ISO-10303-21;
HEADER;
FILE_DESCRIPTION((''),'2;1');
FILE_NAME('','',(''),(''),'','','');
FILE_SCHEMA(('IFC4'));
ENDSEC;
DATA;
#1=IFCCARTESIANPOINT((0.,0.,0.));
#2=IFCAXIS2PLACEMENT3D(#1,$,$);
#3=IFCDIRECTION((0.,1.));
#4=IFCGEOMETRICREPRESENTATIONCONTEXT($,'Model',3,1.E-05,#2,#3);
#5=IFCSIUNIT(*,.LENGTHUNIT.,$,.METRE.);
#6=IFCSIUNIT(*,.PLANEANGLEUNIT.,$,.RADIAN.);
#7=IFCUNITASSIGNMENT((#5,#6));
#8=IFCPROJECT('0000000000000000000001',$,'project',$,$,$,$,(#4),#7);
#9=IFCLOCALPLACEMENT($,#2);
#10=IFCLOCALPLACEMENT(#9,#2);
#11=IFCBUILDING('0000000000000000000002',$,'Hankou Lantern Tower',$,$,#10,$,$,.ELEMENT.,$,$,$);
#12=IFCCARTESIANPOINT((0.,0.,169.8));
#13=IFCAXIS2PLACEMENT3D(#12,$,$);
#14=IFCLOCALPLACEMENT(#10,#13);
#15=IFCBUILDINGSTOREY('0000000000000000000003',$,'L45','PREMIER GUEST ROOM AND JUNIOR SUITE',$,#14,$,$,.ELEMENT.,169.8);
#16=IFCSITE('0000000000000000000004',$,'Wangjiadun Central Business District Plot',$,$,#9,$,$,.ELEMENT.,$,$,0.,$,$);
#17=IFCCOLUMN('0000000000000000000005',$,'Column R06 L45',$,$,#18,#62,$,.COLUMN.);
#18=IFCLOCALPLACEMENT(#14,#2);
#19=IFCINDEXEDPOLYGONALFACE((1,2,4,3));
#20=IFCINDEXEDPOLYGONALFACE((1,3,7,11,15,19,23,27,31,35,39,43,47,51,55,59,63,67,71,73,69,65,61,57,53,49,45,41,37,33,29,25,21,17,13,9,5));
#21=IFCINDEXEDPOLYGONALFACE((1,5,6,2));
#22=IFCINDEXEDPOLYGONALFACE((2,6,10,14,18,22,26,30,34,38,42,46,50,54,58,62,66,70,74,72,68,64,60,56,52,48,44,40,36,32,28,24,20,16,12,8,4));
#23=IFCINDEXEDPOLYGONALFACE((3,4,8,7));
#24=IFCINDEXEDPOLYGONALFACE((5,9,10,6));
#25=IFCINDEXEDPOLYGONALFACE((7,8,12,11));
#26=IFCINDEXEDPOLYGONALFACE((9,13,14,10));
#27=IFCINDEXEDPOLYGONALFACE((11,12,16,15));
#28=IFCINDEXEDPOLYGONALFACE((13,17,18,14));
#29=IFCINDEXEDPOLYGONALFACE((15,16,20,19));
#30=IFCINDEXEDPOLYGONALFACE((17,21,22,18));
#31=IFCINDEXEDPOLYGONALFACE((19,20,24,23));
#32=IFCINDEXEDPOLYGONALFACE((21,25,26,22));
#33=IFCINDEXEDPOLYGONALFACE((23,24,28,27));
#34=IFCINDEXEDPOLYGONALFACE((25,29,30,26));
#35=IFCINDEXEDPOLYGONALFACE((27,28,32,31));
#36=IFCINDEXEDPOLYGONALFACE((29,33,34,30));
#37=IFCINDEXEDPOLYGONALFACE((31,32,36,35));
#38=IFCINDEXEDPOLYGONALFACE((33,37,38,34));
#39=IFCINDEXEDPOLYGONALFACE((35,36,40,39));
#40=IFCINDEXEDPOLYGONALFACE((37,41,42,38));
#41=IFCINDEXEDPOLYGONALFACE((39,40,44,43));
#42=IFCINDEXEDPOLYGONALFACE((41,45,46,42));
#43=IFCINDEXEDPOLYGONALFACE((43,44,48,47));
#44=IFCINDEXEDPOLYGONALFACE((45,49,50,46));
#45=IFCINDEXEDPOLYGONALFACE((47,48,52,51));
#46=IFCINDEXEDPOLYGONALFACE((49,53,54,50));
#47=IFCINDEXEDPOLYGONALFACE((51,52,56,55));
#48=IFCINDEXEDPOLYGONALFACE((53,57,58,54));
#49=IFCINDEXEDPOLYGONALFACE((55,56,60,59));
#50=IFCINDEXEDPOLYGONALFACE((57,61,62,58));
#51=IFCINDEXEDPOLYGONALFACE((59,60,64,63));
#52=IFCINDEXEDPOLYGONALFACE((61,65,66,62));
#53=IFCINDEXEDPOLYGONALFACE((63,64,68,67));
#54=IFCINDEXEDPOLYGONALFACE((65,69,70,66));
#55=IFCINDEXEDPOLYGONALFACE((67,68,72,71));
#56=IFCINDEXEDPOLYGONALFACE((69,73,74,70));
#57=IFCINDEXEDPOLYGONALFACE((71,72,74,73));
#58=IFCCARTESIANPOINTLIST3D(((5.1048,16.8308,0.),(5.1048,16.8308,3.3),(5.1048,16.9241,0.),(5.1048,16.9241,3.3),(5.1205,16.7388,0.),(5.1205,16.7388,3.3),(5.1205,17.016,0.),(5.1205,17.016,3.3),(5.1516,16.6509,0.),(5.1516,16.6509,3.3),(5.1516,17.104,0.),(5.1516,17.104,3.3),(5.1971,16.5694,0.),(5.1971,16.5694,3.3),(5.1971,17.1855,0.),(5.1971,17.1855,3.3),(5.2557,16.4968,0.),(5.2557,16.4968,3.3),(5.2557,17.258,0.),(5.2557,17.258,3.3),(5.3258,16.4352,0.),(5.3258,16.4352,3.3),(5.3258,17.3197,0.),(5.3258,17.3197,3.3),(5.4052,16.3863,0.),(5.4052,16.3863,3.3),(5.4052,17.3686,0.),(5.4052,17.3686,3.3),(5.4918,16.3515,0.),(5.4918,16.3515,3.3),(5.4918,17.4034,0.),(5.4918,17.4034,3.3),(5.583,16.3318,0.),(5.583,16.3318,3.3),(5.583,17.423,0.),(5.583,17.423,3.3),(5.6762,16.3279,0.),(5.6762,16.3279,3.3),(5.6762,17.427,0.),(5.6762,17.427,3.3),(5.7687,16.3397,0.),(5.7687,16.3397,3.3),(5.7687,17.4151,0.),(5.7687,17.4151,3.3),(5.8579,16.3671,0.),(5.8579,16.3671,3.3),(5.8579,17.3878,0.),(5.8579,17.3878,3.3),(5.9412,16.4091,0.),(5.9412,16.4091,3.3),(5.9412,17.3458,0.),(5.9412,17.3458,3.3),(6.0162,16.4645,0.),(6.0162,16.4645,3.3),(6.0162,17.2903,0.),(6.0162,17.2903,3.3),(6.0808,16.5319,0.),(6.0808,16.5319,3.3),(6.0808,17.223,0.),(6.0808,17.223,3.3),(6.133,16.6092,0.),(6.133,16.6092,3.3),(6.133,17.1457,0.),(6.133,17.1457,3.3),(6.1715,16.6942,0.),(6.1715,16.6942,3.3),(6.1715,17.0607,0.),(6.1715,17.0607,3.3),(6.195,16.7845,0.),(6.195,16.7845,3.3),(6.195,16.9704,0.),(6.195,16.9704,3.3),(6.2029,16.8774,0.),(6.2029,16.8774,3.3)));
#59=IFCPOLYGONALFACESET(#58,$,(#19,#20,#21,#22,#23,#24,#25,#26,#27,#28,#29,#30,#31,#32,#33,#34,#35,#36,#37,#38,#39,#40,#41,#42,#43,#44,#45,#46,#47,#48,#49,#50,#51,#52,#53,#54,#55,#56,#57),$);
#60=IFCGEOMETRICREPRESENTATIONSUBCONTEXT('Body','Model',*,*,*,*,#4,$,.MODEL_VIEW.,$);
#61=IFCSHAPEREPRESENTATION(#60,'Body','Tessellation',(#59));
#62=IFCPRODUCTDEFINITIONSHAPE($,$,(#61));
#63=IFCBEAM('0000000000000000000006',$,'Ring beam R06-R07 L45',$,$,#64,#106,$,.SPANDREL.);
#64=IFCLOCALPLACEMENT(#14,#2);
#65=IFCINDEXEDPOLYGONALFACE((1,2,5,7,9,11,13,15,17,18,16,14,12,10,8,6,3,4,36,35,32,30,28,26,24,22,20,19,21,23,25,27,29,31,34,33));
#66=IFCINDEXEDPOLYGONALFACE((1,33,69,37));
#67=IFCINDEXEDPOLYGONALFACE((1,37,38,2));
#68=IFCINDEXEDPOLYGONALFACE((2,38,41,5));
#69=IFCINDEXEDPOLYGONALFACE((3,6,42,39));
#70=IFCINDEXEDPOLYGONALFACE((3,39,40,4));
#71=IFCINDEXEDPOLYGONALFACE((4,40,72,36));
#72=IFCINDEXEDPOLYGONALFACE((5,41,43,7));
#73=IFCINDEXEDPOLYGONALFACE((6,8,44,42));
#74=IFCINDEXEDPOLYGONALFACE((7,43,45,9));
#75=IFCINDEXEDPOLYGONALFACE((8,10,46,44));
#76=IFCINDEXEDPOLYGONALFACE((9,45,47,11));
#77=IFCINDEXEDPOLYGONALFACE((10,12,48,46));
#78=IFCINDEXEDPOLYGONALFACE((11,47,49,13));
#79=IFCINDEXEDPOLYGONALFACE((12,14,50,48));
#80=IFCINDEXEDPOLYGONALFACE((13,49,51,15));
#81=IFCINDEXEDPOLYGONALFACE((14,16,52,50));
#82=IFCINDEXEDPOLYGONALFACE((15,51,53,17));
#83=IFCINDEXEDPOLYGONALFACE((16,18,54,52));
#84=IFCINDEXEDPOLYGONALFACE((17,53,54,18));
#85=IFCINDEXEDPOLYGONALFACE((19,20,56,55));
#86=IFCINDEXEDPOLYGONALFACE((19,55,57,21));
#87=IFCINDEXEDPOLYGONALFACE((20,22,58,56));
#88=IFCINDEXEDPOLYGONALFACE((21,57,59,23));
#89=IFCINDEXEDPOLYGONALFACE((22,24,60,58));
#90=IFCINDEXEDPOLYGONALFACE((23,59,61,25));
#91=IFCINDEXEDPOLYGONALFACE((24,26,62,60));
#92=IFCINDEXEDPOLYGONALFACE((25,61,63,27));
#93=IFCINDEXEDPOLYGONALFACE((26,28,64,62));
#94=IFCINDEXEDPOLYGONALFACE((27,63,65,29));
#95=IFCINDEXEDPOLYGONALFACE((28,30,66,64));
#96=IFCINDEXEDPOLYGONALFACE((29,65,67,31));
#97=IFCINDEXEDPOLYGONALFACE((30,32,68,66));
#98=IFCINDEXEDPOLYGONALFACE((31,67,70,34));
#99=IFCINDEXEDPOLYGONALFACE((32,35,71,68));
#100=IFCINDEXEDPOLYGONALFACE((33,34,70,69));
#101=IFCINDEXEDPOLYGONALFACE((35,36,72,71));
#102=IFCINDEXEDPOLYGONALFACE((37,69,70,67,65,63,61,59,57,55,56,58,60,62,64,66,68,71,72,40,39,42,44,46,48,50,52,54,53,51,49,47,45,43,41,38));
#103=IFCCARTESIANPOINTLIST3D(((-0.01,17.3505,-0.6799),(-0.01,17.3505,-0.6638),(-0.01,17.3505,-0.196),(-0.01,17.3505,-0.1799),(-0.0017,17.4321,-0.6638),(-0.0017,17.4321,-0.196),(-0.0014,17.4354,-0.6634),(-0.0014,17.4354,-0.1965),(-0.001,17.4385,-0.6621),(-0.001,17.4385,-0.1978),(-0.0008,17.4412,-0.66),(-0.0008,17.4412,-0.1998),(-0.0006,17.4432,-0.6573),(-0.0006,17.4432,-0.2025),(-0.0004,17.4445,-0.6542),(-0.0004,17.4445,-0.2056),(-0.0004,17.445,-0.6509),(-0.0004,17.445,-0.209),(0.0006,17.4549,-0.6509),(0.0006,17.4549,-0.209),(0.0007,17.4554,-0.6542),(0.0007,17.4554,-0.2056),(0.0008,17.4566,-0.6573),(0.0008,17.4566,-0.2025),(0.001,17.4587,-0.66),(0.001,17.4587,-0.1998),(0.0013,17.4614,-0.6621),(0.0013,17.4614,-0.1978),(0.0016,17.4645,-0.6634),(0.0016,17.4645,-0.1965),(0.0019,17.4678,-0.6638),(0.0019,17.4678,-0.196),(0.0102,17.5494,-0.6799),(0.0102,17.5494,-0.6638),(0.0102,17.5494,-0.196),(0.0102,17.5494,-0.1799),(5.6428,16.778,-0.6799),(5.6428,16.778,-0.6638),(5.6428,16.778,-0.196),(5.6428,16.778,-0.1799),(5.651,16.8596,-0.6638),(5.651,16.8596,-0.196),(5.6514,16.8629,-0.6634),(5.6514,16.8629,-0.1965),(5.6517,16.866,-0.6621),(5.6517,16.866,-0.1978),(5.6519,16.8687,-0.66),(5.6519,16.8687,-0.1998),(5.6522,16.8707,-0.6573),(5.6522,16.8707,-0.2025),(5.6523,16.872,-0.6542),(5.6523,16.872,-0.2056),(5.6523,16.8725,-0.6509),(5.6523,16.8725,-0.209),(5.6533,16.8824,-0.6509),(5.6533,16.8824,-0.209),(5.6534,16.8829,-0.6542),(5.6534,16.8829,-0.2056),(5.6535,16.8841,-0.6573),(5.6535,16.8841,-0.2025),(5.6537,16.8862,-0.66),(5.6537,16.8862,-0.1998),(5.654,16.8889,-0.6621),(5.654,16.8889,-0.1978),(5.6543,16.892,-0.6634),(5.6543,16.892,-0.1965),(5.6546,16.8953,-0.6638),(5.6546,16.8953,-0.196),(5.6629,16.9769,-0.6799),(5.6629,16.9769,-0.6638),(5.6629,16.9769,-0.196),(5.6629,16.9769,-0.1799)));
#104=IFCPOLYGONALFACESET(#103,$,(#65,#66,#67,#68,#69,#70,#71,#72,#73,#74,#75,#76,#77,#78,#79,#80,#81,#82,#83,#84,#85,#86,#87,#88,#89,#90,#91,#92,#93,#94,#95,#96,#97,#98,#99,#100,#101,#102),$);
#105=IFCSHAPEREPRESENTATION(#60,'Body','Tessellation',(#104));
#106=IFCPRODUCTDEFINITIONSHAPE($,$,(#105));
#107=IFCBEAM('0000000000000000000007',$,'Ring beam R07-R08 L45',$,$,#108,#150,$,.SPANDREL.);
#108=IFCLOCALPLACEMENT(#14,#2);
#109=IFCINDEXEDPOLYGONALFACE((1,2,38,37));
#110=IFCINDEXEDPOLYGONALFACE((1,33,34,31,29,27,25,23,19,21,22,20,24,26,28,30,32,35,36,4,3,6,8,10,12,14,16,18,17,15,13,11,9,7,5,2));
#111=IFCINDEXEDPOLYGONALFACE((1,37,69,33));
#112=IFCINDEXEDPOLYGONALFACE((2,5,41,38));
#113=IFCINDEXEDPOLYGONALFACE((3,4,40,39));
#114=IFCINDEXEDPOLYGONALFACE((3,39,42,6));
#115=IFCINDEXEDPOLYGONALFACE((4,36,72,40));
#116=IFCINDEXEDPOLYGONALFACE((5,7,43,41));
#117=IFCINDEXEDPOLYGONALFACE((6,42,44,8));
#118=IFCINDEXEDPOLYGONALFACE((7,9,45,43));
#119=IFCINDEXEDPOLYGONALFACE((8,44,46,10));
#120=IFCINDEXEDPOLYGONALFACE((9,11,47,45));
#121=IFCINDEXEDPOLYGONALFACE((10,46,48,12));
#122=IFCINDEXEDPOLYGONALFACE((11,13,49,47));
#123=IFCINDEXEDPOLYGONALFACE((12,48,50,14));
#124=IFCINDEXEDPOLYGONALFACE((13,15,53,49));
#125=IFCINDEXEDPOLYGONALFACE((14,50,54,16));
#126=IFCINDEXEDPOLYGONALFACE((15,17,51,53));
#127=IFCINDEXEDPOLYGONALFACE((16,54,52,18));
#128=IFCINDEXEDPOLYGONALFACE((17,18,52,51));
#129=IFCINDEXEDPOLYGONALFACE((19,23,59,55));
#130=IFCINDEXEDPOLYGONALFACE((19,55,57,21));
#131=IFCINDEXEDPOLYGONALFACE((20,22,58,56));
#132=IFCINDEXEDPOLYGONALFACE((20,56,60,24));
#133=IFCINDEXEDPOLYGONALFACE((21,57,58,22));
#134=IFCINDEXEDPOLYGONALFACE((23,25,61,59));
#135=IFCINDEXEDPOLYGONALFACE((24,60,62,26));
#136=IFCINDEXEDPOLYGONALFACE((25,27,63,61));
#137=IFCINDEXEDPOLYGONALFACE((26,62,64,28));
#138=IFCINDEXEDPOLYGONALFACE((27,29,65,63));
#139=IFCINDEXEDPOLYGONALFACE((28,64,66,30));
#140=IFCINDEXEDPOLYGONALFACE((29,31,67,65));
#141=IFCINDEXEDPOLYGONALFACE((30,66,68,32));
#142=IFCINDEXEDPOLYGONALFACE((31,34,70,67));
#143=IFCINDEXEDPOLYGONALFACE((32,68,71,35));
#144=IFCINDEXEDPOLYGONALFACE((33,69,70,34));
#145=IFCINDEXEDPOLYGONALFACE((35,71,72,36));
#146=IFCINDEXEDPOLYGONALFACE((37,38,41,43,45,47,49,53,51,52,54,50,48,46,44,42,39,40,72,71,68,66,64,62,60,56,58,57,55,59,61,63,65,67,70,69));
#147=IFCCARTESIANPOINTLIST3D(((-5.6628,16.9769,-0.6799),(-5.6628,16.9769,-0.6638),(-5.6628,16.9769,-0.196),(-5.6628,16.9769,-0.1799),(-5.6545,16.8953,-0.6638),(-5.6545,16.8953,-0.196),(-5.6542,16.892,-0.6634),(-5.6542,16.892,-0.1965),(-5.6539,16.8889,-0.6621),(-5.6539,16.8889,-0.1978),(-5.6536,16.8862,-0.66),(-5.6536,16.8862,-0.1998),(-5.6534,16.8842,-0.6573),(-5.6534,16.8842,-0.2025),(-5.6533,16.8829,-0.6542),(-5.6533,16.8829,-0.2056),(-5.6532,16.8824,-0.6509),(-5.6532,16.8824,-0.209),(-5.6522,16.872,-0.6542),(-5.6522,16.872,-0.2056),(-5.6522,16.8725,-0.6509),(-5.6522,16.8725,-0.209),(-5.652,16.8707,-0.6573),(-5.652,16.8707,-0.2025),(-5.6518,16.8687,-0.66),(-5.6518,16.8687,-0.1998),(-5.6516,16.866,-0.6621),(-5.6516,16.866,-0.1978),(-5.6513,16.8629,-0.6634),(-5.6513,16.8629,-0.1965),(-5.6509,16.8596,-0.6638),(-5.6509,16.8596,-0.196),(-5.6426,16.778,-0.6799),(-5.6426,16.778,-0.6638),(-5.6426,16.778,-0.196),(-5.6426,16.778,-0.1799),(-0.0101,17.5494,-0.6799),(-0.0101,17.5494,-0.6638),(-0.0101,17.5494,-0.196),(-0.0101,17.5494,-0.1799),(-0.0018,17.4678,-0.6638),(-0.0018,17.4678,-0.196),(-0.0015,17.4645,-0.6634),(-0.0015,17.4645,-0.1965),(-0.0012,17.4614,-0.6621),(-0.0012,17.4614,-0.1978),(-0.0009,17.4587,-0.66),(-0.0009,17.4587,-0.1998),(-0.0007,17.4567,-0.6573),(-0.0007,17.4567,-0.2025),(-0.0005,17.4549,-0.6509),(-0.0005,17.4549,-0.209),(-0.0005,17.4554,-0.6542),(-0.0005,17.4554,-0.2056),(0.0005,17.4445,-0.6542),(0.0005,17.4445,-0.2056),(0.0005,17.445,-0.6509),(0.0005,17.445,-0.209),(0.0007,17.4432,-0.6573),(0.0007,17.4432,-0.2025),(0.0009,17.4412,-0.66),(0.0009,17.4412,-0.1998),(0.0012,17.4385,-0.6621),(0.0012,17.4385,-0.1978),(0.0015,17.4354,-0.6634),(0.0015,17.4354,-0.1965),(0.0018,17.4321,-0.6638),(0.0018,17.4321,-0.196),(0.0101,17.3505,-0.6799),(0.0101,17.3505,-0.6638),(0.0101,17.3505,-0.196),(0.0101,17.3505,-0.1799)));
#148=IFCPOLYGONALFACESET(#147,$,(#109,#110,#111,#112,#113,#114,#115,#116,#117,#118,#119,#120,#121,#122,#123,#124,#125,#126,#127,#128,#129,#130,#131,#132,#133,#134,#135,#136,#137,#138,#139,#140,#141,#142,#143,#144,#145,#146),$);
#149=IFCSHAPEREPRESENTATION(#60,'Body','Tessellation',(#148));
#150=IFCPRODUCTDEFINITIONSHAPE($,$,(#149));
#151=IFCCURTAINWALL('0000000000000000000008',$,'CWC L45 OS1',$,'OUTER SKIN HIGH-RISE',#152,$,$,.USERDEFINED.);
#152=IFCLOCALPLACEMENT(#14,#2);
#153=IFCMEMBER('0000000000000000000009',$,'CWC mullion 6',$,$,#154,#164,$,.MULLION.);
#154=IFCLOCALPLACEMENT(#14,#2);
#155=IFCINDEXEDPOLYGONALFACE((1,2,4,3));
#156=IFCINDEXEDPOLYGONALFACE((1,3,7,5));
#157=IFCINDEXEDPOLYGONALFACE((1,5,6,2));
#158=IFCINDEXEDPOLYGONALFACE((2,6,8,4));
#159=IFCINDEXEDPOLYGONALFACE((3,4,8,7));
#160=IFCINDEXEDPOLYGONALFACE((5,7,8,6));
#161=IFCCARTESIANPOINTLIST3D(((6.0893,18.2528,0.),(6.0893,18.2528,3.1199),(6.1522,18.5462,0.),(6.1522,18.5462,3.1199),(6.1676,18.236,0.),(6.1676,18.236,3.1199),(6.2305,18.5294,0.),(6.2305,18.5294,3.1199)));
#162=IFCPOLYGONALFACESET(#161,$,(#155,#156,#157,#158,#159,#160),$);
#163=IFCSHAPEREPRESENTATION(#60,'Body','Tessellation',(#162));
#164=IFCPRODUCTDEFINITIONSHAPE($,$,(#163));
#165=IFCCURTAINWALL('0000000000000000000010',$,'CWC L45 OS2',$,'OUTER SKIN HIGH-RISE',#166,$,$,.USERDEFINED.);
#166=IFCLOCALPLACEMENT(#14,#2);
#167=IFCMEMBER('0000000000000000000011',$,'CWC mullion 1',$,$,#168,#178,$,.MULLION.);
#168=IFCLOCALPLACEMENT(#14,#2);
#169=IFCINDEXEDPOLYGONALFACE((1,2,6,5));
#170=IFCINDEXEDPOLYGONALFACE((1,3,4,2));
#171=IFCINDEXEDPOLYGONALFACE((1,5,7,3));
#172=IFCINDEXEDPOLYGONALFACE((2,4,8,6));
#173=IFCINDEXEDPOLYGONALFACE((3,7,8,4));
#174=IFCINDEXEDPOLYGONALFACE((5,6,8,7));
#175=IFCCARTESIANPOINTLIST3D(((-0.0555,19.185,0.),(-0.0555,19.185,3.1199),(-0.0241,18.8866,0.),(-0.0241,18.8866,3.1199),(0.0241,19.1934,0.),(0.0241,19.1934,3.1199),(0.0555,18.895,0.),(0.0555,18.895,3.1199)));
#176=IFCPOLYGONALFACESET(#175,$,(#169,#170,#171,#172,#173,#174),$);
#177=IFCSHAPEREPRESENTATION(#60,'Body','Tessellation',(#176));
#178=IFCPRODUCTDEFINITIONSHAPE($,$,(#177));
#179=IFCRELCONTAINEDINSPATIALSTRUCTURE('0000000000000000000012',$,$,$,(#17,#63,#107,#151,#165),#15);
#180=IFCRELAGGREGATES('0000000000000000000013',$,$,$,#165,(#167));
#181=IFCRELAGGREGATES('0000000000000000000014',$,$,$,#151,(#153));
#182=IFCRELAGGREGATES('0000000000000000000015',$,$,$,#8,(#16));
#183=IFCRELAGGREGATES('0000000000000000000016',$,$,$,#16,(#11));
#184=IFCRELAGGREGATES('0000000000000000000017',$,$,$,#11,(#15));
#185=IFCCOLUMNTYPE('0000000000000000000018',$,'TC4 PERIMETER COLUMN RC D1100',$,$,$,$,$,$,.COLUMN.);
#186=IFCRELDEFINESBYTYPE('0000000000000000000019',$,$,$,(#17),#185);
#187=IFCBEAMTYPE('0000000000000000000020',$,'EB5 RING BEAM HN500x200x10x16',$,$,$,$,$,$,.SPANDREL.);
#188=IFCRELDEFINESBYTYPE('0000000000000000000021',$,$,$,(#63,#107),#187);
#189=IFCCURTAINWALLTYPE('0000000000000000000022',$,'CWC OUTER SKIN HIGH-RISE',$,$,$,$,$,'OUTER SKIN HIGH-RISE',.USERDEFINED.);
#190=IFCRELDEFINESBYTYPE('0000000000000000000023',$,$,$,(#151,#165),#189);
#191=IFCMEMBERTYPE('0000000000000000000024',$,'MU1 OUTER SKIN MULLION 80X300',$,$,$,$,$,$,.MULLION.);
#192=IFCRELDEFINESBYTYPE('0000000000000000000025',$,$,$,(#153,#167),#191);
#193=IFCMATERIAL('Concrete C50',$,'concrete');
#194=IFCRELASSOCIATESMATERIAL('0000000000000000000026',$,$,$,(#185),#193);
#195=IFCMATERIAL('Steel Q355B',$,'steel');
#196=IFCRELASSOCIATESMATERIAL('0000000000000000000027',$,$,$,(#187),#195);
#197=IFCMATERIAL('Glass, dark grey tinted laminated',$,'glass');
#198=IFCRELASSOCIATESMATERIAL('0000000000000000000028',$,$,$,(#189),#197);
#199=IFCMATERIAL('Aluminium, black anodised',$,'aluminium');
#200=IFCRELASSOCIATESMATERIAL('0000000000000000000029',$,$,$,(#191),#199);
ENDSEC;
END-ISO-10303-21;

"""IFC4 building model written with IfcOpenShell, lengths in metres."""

from ifc_helpers import new_model, si_unit, direction, frame, origin, origin_2d, place, context, subcontext, project, spatial, rectangle, circle, i_section, extrude, material, material_profile, profile_set, type_object, element, aggregate, save


model = new_model("IFC4")

# Units and contexts
model_context = context("Model", 3, precision=1e-05, world=origin(), true_north=direction((0.0, 1.0)))
body_context = subcontext(model_context, "Body", "Model", "MODEL_VIEW")
ifc_project = project(units=[si_unit("LENGTHUNIT", "METRE"), si_unit("PLANEANGLEUNIT", "RADIAN")], contexts=[model_context])

# Site, building, storey
site_placement = place(None, origin())
site = spatial("IfcSite", under=ifc_project, at=site_placement, Name="Wangjiadun Central Business District Plot", CompositionType="ELEMENT", RefElevation=0.0)
building_placement = place(site_placement, origin())
building = spatial("IfcBuilding", under=site, at=building_placement, Name="Hankou Lantern Tower", CompositionType="ELEMENT")
storey_placement = place(building_placement, frame((0.0, 0.0, 169.8)))
storey = spatial("IfcBuildingStorey", under=building, at=storey_placement, Name="L45", Description="PREMIER GUEST ROOM AND JUNIOR SUITE", CompositionType="ELEMENT", Elevation=169.8)

# Column
ifc_material_1 = material(Name="Concrete C50", Category="concrete")
ifc_material_profile_1 = material_profile(ifc_material_1, circle(Radius=0.55, at=origin_2d()), Name="RC D1100")
ifc_profile_set_1 = profile_set([ifc_material_profile_1], Name="Concrete C50")
column_type = type_object("IfcColumnType", Name="TC4 PERIMETER COLUMN RC D1100", PredefinedType="COLUMN", material=ifc_profile_set_1)
column_placement = place(storey_placement, frame((5.6528, 16.8774, 0.0), z_axis=(0.0, 0.0, 1.0), x_axis=(1.0, 0.0, 0.0)))
element("IfcColumn", 1, at=column_placement, inside=storey, type_object=column_type, Name="Column R06 L45", PredefinedType="COLUMN", context=body_context, shape_type="SweptSolid", body=[
    extrude(circle(Radius=0.55, at=origin_2d()), origin(), (0.0, 0.0, 1.0), 3.3),
])

# Beams
ifc_material_2 = material(Name="Steel Q355B", Category="steel")
ifc_material_profile_2 = material_profile(ifc_material_2, i_section(OverallWidth=0.2, OverallDepth=0.5, WebThickness=0.01, FlangeThickness=0.0161, FilletRadius=0.0129, at=origin_2d()), Name="HN500x200x10x16")
ifc_profile_set_2 = profile_set([ifc_material_profile_2], Name="Steel Q355B")
beam_type_1 = type_object("IfcBeamType", Name="EB5 RING BEAM HN500x200x10x16", PredefinedType="SPANDREL", material=ifc_profile_set_2)
for number, where, z_axis, x_axis, name in (
    (2, (5.6528, 16.8774, -0.4299), (-0.99491, 0.100763, 0.0), (-0.100763, -0.99491, 0.0), "Ring beam R06-R07 L45"),
    (3, (0.0, 17.45, -0.4299), (-0.99491, -0.100763, 0.0), (0.100763, -0.99491, 0.0), "Ring beam R07-R08 L45"),
):
    element("IfcBeam", number, at=place(storey_placement, frame(where, z_axis=z_axis, x_axis=x_axis)), inside=storey, type_object=beam_type_1, Name=name, PredefinedType="SPANDREL", context=body_context, shape_type="SweptSolid", body=[
        extrude(i_section(OverallWidth=0.2, OverallDepth=0.5, WebThickness=0.01, FlangeThickness=0.0161, FilletRadius=0.0129, at=origin_2d()), origin(), (0.0, 0.0, 1.0), 5.6816),
    ])

# Curtain walls, members
ifc_material_3 = material(Name="Glass, dark grey tinted laminated", Category="glass")
curtain_wall_type = type_object("IfcCurtainWallType", Name="CWC OUTER SKIN HIGH-RISE", ElementType="OUTER SKIN HIGH-RISE", PredefinedType="USERDEFINED", material=ifc_material_3)
curtain_wall_1_placement = place(storey_placement, origin())
curtain_wall_1 = element("IfcCurtainWall", 4, at=curtain_wall_1_placement, inside=storey, type_object=curtain_wall_type, Name="CWC L45 OS1", ObjectType="OUTER SKIN HIGH-RISE", PredefinedType="USERDEFINED")
ifc_material_4 = material(Name="Aluminium, black anodised", Category="aluminium")
ifc_material_profile_3 = material_profile(ifc_material_4, rectangle(XDim=0.0801, YDim=0.3, at=origin_2d()), Name="MU1 80X300")
ifc_profile_set_3 = profile_set([ifc_material_profile_3], Name="Aluminium, black anodised")
member_type_1 = type_object("IfcMemberType", Name="MU1 OUTER SKIN MULLION 80X300", PredefinedType="MULLION", material=ifc_profile_set_3)
member_1_placement = place(storey_placement, frame((6.1599, 18.3911, 0.0), z_axis=(0.0, 0.0, 1.0), x_axis=(-0.977788, 0.209598, 0.0)))
member_1 = element("IfcMember", 5, at=member_1_placement, type_object=member_type_1, Name="CWC mullion 6", PredefinedType="MULLION", context=body_context, shape_type="SweptSolid", body=[
    extrude(rectangle(XDim=0.0801, YDim=0.3, at=origin_2d()), origin(), (0.0, 0.0, 1.0), 3.1199),
])
curtain_wall_2_placement = place(storey_placement, origin())
curtain_wall_2 = element("IfcCurtainWall", 6, at=curtain_wall_2_placement, inside=storey, type_object=curtain_wall_type, Name="CWC L45 OS2", ObjectType="OUTER SKIN HIGH-RISE", PredefinedType="USERDEFINED")
member_2_placement = place(storey_placement, frame((0.0, 19.04, 0.0), z_axis=(0.0, 0.0, 1.0), x_axis=(-0.994499, -0.104743, 0.0)))
member_2 = element("IfcMember", 7, at=member_2_placement, type_object=member_type_1, Name="CWC mullion 1", PredefinedType="MULLION", context=body_context, shape_type="SweptSolid", body=[
    extrude(rectangle(XDim=0.0801, YDim=0.3, at=origin_2d()), origin(), (0.0, 0.0, 1.0), 3.1199),
])
aggregate(curtain_wall_2, [member_2])

aggregate(curtain_wall_1, [member_1])

save(model, "model.ifc")
